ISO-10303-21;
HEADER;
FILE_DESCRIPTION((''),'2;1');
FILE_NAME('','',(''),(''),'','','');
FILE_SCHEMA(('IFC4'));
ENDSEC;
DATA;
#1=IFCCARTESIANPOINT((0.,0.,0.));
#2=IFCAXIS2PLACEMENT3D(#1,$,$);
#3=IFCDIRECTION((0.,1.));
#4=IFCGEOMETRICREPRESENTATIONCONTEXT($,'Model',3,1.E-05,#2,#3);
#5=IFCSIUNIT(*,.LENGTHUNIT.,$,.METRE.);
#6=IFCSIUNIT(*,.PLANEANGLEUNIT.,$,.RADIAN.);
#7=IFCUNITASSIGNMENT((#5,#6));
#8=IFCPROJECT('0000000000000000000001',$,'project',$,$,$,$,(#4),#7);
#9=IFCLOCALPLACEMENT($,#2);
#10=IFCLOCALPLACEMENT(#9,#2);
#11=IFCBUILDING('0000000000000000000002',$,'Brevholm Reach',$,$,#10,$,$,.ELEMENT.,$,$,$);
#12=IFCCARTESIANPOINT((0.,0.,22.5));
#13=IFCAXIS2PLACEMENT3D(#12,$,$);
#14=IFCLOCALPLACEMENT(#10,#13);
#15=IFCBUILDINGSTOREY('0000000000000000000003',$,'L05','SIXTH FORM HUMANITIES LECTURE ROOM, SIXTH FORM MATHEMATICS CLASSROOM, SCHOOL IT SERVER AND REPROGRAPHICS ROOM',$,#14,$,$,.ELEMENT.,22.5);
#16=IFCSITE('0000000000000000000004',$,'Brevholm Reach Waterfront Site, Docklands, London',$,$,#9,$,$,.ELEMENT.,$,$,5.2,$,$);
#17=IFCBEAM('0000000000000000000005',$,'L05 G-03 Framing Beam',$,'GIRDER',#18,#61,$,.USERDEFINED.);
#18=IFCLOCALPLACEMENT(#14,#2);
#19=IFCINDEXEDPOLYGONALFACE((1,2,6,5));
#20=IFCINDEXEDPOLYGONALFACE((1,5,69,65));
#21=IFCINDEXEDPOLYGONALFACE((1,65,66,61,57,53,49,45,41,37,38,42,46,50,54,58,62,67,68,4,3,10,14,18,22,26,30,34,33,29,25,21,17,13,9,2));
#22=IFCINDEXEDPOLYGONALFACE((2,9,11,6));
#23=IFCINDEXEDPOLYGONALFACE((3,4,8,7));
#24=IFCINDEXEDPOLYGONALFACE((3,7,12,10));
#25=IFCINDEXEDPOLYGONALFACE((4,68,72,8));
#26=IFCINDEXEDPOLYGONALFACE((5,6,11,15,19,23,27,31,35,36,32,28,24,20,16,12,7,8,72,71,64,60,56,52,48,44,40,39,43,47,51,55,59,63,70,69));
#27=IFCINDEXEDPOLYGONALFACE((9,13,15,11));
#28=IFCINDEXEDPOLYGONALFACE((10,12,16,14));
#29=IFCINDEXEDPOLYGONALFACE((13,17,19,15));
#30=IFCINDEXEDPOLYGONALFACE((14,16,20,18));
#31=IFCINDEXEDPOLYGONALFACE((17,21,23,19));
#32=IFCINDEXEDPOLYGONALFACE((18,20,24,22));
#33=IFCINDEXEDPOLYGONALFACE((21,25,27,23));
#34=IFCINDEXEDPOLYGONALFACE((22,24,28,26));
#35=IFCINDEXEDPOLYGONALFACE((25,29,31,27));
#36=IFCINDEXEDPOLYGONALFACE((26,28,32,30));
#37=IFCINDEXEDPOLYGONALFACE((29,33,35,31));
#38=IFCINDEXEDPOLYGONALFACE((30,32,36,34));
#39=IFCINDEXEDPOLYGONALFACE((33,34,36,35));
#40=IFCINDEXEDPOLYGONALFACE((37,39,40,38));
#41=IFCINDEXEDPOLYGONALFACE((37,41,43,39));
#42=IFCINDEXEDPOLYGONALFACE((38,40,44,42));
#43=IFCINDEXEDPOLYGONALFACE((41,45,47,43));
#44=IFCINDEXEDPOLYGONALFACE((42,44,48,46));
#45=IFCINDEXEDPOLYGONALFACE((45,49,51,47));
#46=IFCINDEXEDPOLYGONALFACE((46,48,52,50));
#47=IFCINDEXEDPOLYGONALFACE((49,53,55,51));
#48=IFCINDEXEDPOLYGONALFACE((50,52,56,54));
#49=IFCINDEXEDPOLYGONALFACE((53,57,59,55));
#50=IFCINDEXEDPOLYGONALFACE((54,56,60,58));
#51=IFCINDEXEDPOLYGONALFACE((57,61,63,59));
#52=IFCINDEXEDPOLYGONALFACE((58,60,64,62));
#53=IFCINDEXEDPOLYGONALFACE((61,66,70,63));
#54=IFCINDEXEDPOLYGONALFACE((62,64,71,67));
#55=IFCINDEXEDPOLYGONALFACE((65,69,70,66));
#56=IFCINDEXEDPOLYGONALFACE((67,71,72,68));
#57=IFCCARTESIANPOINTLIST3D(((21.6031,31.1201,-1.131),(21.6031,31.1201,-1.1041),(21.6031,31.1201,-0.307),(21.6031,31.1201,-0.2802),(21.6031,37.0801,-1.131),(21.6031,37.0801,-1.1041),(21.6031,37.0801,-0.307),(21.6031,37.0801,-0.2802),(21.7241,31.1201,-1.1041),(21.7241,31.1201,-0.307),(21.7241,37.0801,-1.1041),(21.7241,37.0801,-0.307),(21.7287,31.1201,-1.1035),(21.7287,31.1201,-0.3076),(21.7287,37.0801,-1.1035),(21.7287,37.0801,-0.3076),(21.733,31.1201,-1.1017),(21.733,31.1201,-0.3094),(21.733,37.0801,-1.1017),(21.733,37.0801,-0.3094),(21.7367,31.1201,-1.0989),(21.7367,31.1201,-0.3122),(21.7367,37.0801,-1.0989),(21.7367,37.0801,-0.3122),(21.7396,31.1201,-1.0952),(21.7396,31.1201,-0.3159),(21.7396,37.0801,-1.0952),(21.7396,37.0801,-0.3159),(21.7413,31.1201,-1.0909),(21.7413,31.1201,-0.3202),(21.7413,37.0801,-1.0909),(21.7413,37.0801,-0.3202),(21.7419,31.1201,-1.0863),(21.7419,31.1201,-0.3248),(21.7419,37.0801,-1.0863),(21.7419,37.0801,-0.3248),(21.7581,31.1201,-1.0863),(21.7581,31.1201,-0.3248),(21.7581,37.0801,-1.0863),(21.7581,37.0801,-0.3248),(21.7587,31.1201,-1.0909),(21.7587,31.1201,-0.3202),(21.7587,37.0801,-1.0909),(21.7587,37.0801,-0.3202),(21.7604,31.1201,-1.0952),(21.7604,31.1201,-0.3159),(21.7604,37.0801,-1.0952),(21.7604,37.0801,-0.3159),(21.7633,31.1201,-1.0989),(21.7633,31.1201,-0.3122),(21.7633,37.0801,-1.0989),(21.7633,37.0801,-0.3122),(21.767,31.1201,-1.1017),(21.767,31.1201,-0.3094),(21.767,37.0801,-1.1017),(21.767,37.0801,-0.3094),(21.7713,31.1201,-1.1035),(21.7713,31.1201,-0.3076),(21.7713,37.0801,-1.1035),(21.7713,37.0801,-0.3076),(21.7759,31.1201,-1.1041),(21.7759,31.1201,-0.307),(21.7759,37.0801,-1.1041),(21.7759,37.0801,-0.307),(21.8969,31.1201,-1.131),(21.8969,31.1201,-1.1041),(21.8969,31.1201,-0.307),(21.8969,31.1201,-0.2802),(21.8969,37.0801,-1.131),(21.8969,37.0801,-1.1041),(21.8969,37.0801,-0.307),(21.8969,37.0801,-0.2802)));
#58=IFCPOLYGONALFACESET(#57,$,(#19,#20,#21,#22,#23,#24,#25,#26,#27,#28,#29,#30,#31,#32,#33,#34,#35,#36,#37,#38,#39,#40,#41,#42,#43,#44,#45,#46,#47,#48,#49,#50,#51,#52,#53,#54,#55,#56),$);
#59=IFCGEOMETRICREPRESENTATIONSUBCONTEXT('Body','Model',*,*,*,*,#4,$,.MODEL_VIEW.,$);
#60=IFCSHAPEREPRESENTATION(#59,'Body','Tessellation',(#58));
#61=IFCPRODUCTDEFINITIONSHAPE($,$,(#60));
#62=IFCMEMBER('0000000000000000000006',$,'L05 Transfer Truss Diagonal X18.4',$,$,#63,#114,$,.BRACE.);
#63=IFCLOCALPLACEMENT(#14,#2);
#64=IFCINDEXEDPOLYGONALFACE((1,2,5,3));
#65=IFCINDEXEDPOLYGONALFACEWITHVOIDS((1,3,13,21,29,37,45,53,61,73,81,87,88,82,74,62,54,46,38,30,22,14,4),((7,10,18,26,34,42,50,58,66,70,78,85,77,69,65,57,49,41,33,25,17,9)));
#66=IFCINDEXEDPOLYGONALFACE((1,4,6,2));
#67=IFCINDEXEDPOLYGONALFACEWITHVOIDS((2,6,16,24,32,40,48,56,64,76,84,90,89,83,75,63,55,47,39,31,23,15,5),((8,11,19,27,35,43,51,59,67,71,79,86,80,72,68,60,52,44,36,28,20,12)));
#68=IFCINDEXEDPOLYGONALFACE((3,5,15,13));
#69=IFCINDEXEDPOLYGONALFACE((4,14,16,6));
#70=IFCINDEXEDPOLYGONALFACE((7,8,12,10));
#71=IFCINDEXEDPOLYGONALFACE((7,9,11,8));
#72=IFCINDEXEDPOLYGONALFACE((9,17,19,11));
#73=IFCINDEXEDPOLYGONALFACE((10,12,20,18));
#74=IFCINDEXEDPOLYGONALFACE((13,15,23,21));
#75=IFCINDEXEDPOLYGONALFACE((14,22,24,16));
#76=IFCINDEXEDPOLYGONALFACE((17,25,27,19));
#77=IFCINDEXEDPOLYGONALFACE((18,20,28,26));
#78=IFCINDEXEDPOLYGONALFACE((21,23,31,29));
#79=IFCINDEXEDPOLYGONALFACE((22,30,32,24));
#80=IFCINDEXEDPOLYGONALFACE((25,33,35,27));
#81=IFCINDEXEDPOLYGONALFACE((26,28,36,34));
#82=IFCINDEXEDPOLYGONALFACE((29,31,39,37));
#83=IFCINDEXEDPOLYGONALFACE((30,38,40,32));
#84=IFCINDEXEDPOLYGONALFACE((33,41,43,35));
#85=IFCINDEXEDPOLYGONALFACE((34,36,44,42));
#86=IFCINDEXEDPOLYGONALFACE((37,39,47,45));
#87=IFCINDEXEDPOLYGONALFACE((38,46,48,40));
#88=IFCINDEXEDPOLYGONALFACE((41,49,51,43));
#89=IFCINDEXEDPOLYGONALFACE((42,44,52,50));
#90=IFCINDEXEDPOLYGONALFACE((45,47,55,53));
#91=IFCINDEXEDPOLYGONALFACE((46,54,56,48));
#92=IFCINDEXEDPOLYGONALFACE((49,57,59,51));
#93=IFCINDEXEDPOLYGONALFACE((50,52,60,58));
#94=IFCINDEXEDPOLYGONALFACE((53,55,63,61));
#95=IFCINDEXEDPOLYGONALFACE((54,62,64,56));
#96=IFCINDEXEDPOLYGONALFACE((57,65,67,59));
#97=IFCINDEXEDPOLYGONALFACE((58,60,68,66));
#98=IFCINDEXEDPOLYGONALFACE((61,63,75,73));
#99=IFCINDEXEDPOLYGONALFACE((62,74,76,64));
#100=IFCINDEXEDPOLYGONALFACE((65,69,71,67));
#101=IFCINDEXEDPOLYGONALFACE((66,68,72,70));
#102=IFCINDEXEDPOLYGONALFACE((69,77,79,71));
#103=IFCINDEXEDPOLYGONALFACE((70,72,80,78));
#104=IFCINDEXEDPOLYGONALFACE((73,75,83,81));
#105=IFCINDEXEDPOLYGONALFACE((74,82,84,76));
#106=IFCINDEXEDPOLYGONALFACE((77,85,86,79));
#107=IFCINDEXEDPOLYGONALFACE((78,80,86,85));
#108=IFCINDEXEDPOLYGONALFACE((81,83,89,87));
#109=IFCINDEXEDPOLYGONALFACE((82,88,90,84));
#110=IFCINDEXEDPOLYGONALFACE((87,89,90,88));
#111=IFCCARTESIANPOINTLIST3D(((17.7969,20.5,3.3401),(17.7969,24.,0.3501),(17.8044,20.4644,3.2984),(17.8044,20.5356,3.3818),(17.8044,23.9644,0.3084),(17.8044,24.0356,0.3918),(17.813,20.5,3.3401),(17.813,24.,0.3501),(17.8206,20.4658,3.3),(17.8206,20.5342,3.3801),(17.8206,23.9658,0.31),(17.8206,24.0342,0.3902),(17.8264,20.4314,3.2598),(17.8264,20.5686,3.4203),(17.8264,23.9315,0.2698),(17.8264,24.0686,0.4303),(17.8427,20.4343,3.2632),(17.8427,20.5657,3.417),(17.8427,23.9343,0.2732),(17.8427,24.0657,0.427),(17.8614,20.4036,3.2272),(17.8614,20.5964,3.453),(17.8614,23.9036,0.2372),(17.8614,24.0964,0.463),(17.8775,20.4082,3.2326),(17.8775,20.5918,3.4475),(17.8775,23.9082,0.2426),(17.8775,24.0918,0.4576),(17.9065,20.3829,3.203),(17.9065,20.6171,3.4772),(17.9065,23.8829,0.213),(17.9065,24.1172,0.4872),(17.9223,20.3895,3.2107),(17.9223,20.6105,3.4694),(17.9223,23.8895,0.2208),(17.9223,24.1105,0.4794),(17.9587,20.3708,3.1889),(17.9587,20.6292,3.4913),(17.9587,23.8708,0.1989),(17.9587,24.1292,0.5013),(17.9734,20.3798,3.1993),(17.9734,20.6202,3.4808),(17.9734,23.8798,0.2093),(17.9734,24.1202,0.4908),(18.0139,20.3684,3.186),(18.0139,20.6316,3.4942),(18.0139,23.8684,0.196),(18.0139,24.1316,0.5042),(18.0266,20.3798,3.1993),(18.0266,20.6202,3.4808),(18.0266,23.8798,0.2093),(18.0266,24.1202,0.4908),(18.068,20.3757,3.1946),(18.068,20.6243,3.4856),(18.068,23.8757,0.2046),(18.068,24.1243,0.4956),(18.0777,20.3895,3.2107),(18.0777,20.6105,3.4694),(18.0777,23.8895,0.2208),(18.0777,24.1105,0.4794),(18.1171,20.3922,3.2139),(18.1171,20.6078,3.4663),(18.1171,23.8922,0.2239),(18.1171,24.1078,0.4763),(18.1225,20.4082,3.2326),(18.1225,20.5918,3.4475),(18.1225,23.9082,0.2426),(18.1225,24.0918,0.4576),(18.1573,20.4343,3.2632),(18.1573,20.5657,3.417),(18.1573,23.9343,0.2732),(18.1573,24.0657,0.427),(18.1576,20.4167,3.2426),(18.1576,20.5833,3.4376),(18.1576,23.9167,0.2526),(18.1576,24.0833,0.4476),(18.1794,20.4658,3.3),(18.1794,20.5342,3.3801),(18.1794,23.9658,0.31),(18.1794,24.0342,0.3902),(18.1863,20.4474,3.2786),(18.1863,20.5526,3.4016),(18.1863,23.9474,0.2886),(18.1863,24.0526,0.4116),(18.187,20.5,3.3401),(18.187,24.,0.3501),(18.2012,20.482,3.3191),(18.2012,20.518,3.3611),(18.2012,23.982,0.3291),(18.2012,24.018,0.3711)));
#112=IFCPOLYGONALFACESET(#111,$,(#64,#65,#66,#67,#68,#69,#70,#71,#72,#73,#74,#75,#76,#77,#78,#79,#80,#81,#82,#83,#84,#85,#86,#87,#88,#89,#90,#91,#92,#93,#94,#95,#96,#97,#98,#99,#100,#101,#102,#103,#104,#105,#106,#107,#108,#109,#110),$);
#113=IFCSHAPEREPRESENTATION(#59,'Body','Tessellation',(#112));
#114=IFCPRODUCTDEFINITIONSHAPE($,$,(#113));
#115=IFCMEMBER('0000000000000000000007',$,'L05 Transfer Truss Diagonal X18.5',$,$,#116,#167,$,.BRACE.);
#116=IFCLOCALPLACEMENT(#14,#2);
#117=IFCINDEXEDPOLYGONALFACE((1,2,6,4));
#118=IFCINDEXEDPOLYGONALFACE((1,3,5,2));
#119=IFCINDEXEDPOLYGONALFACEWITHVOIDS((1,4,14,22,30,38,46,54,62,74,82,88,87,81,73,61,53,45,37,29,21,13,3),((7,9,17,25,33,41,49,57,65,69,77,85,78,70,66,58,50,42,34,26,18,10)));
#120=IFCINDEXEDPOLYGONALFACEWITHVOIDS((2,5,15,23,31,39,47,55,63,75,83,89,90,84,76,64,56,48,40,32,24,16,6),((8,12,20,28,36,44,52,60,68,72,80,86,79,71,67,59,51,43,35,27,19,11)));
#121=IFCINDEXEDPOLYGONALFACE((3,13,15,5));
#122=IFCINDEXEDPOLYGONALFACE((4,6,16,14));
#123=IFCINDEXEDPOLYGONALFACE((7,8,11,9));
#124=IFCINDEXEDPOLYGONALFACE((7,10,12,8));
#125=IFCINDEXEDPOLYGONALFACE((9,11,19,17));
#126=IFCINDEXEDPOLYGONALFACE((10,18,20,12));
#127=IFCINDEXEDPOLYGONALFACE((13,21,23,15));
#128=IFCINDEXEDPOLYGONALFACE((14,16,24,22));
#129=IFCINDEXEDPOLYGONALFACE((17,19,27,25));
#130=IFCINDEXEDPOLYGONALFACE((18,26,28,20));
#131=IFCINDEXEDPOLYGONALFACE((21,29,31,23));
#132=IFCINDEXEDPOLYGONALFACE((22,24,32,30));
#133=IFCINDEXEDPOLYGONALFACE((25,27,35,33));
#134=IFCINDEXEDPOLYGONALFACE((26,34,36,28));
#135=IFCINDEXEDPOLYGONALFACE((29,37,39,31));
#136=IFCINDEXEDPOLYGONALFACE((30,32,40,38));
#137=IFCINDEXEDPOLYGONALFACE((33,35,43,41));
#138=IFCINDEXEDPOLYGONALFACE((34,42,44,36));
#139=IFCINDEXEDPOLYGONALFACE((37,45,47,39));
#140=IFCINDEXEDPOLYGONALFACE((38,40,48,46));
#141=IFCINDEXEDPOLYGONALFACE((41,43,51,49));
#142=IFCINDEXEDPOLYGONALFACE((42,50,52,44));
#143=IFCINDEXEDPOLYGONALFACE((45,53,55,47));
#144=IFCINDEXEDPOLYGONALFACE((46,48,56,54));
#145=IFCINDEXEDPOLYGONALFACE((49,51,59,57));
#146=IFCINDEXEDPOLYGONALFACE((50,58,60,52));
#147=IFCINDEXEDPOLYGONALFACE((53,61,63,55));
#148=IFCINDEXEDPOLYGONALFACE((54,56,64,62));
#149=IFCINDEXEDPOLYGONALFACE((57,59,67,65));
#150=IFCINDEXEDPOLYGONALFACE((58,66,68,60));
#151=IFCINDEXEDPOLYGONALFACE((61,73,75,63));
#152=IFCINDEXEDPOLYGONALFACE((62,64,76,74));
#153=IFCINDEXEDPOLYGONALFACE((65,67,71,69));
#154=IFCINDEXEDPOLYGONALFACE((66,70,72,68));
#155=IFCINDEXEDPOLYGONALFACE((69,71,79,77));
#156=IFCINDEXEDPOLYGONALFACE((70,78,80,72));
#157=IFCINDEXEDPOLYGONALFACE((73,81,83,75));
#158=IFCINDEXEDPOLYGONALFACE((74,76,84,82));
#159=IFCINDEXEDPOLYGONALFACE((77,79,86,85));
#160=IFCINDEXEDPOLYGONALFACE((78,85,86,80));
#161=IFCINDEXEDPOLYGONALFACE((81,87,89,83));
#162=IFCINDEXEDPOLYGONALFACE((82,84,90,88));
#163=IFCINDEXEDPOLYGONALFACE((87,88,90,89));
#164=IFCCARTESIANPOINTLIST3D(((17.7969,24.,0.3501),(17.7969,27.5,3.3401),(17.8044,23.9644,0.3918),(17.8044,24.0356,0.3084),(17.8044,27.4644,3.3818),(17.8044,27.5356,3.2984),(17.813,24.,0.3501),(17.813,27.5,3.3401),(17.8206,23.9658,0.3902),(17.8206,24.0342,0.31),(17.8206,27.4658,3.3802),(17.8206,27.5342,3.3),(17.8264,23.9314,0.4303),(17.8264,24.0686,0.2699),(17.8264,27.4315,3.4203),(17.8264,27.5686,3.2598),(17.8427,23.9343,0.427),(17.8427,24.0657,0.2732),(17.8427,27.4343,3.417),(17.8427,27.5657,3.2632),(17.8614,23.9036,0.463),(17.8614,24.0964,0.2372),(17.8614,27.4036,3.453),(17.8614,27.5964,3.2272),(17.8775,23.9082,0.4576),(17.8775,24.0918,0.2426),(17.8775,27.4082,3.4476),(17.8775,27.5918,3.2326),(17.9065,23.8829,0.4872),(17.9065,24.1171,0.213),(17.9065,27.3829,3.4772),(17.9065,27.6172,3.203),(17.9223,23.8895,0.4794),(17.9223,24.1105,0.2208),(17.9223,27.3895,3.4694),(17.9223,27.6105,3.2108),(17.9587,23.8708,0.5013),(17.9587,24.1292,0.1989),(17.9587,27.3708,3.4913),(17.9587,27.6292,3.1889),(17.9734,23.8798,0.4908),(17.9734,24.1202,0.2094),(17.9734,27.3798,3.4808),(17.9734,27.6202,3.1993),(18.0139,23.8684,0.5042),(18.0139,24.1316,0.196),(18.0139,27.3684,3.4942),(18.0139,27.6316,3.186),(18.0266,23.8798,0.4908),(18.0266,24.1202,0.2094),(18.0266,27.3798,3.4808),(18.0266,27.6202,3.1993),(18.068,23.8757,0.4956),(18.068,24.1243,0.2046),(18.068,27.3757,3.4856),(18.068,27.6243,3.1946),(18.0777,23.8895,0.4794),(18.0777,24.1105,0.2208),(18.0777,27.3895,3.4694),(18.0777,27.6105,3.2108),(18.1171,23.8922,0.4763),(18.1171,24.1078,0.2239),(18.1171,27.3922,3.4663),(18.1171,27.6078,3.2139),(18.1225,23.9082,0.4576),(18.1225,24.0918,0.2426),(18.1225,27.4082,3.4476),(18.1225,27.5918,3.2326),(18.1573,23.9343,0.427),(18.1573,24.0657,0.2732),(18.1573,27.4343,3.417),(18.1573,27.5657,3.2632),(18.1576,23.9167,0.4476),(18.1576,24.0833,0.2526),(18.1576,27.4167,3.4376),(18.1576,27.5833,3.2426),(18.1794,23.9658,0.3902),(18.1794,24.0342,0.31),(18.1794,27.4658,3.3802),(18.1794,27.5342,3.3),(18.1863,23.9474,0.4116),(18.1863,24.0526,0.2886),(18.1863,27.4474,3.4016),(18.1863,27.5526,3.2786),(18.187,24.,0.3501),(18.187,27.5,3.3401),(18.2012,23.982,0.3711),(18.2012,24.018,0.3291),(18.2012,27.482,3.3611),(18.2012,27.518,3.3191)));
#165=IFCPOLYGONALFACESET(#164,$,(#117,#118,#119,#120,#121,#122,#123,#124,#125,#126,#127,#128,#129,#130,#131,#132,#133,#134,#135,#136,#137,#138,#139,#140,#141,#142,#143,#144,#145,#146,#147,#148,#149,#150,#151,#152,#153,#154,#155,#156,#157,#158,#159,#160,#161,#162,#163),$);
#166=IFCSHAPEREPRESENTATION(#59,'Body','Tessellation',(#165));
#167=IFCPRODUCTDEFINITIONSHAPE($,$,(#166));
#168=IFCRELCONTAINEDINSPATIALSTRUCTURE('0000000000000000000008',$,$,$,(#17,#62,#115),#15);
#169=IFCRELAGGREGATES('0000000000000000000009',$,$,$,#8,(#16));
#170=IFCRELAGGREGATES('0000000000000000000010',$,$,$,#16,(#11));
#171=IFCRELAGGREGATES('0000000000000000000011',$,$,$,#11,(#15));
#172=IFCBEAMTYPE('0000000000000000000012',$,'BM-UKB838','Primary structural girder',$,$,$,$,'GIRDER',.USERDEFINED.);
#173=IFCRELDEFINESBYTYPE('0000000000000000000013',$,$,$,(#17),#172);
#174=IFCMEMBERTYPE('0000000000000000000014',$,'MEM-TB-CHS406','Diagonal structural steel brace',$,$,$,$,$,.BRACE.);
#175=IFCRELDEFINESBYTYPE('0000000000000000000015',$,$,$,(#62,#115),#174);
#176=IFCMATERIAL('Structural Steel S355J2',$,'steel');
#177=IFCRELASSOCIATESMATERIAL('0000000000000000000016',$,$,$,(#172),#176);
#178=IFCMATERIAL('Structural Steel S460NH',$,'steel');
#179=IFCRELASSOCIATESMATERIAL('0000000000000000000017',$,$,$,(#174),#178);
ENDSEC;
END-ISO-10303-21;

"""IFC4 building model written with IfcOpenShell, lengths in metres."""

from ifc_helpers import new_model, si_unit, direction, frame, origin, origin_2d, place, context, subcontext, project, spatial, hollow_circle, i_section, extrude, material, material_profile, profile_set, type_object, element, save


model = new_model("IFC4")

# Units and contexts
model_context = context("Model", 3, precision=1e-05, world=origin(), true_north=direction((0.0, 1.0)))
body_context = subcontext(model_context, "Body", "Model", "MODEL_VIEW")
ifc_project = project(units=[si_unit("LENGTHUNIT", "METRE"), si_unit("PLANEANGLEUNIT", "RADIAN")], contexts=[model_context])

# Site, building, storey
site_placement = place(None, origin())
site = spatial("IfcSite", under=ifc_project, at=site_placement, Name="Brevholm Reach Waterfront Site, Docklands, London", CompositionType="ELEMENT", RefElevation=5.2)
building_placement = place(site_placement, origin())
building = spatial("IfcBuilding", under=site, at=building_placement, Name="Brevholm Reach", CompositionType="ELEMENT")
storey_placement = place(building_placement, frame((0.0, 0.0, 22.5)))
storey = spatial("IfcBuildingStorey", under=building, at=storey_placement, Name="L05", Description="SIXTH FORM HUMANITIES LECTURE ROOM, SIXTH FORM MATHEMATICS CLASSROOM, SCHOOL IT SERVER AND REPROGRAPHICS ROOM", CompositionType="ELEMENT", Elevation=22.5)

# Beam
ifc_material_1 = material(Name="Structural Steel S355J2", Category="steel")
ifc_material_profile_1 = material_profile(ifc_material_1, i_section(OverallWidth=0.2937, OverallDepth=0.8508, WebThickness=0.0161, FlangeThickness=0.0269, FilletRadius=0.0178, at=origin_2d()), Name="UKB 838x292x226")
ifc_profile_set_1 = profile_set([ifc_material_profile_1], Name="Structural Steel S355J2")
beam_type_1 = type_object("IfcBeamType", Name="BM-UKB838", Description="Primary structural girder", ElementType="GIRDER", PredefinedType="USERDEFINED", material=ifc_profile_set_1)
beam_1_placement = place(storey_placement, frame((21.75, 31.1201, -0.7056), z_axis=(0.0, 1.0, 0.0), x_axis=(-1.0, 0.0, 0.0)))
element("IfcBeam", 1, at=beam_1_placement, inside=storey, type_object=beam_type_1, Name="L05 G-03 Framing Beam", ObjectType="GIRDER", PredefinedType="USERDEFINED", context=body_context, shape_type="SweptSolid", body=[
    extrude(i_section(OverallWidth=0.2937, OverallDepth=0.8508, WebThickness=0.0161, FlangeThickness=0.0269, FilletRadius=0.0178, at=origin_2d()), origin(), (0.0, 0.0, 1.0), 5.96),
])

# Members
ifc_material_2 = material(Name="Structural Steel S460NH", Category="steel")
ifc_material_profile_2 = material_profile(ifc_material_2, hollow_circle(Radius=0.2031, WallThickness=0.0161, at=origin_2d()), Name="CHS 406.4x16")
ifc_profile_set_2 = profile_set([ifc_material_profile_2], Name="Structural Steel S460NH")
member_type_1 = type_object("IfcMemberType", Name="MEM-TB-CHS406", Description="Diagonal structural steel brace", PredefinedType="BRACE", material=ifc_profile_set_2)
for number, where, z_axis, x_axis, name in (
    (2, (18.0, 20.5, 3.3401), (0.0, 0.76033, -0.649537), (-1.0, 0.0, 0.0), "L05 Transfer Truss Diagonal X18.4"),
    (3, (18.0, 24.0, 0.3501), (0.0, 0.76033, 0.649537), (-1.0, 0.0, 0.0), "L05 Transfer Truss Diagonal X18.5"),
):
    element("IfcMember", number, at=place(storey_placement, frame(where, z_axis=z_axis, x_axis=x_axis)), inside=storey, type_object=member_type_1, Name=name, PredefinedType="BRACE", context=body_context, shape_type="SweptSolid", body=[
        extrude(hollow_circle(Radius=0.2031, WallThickness=0.0161, at=origin_2d()), origin(), (0.0, 0.0, 1.0), 4.6033),
    ])

save(model, "model.ifc")
